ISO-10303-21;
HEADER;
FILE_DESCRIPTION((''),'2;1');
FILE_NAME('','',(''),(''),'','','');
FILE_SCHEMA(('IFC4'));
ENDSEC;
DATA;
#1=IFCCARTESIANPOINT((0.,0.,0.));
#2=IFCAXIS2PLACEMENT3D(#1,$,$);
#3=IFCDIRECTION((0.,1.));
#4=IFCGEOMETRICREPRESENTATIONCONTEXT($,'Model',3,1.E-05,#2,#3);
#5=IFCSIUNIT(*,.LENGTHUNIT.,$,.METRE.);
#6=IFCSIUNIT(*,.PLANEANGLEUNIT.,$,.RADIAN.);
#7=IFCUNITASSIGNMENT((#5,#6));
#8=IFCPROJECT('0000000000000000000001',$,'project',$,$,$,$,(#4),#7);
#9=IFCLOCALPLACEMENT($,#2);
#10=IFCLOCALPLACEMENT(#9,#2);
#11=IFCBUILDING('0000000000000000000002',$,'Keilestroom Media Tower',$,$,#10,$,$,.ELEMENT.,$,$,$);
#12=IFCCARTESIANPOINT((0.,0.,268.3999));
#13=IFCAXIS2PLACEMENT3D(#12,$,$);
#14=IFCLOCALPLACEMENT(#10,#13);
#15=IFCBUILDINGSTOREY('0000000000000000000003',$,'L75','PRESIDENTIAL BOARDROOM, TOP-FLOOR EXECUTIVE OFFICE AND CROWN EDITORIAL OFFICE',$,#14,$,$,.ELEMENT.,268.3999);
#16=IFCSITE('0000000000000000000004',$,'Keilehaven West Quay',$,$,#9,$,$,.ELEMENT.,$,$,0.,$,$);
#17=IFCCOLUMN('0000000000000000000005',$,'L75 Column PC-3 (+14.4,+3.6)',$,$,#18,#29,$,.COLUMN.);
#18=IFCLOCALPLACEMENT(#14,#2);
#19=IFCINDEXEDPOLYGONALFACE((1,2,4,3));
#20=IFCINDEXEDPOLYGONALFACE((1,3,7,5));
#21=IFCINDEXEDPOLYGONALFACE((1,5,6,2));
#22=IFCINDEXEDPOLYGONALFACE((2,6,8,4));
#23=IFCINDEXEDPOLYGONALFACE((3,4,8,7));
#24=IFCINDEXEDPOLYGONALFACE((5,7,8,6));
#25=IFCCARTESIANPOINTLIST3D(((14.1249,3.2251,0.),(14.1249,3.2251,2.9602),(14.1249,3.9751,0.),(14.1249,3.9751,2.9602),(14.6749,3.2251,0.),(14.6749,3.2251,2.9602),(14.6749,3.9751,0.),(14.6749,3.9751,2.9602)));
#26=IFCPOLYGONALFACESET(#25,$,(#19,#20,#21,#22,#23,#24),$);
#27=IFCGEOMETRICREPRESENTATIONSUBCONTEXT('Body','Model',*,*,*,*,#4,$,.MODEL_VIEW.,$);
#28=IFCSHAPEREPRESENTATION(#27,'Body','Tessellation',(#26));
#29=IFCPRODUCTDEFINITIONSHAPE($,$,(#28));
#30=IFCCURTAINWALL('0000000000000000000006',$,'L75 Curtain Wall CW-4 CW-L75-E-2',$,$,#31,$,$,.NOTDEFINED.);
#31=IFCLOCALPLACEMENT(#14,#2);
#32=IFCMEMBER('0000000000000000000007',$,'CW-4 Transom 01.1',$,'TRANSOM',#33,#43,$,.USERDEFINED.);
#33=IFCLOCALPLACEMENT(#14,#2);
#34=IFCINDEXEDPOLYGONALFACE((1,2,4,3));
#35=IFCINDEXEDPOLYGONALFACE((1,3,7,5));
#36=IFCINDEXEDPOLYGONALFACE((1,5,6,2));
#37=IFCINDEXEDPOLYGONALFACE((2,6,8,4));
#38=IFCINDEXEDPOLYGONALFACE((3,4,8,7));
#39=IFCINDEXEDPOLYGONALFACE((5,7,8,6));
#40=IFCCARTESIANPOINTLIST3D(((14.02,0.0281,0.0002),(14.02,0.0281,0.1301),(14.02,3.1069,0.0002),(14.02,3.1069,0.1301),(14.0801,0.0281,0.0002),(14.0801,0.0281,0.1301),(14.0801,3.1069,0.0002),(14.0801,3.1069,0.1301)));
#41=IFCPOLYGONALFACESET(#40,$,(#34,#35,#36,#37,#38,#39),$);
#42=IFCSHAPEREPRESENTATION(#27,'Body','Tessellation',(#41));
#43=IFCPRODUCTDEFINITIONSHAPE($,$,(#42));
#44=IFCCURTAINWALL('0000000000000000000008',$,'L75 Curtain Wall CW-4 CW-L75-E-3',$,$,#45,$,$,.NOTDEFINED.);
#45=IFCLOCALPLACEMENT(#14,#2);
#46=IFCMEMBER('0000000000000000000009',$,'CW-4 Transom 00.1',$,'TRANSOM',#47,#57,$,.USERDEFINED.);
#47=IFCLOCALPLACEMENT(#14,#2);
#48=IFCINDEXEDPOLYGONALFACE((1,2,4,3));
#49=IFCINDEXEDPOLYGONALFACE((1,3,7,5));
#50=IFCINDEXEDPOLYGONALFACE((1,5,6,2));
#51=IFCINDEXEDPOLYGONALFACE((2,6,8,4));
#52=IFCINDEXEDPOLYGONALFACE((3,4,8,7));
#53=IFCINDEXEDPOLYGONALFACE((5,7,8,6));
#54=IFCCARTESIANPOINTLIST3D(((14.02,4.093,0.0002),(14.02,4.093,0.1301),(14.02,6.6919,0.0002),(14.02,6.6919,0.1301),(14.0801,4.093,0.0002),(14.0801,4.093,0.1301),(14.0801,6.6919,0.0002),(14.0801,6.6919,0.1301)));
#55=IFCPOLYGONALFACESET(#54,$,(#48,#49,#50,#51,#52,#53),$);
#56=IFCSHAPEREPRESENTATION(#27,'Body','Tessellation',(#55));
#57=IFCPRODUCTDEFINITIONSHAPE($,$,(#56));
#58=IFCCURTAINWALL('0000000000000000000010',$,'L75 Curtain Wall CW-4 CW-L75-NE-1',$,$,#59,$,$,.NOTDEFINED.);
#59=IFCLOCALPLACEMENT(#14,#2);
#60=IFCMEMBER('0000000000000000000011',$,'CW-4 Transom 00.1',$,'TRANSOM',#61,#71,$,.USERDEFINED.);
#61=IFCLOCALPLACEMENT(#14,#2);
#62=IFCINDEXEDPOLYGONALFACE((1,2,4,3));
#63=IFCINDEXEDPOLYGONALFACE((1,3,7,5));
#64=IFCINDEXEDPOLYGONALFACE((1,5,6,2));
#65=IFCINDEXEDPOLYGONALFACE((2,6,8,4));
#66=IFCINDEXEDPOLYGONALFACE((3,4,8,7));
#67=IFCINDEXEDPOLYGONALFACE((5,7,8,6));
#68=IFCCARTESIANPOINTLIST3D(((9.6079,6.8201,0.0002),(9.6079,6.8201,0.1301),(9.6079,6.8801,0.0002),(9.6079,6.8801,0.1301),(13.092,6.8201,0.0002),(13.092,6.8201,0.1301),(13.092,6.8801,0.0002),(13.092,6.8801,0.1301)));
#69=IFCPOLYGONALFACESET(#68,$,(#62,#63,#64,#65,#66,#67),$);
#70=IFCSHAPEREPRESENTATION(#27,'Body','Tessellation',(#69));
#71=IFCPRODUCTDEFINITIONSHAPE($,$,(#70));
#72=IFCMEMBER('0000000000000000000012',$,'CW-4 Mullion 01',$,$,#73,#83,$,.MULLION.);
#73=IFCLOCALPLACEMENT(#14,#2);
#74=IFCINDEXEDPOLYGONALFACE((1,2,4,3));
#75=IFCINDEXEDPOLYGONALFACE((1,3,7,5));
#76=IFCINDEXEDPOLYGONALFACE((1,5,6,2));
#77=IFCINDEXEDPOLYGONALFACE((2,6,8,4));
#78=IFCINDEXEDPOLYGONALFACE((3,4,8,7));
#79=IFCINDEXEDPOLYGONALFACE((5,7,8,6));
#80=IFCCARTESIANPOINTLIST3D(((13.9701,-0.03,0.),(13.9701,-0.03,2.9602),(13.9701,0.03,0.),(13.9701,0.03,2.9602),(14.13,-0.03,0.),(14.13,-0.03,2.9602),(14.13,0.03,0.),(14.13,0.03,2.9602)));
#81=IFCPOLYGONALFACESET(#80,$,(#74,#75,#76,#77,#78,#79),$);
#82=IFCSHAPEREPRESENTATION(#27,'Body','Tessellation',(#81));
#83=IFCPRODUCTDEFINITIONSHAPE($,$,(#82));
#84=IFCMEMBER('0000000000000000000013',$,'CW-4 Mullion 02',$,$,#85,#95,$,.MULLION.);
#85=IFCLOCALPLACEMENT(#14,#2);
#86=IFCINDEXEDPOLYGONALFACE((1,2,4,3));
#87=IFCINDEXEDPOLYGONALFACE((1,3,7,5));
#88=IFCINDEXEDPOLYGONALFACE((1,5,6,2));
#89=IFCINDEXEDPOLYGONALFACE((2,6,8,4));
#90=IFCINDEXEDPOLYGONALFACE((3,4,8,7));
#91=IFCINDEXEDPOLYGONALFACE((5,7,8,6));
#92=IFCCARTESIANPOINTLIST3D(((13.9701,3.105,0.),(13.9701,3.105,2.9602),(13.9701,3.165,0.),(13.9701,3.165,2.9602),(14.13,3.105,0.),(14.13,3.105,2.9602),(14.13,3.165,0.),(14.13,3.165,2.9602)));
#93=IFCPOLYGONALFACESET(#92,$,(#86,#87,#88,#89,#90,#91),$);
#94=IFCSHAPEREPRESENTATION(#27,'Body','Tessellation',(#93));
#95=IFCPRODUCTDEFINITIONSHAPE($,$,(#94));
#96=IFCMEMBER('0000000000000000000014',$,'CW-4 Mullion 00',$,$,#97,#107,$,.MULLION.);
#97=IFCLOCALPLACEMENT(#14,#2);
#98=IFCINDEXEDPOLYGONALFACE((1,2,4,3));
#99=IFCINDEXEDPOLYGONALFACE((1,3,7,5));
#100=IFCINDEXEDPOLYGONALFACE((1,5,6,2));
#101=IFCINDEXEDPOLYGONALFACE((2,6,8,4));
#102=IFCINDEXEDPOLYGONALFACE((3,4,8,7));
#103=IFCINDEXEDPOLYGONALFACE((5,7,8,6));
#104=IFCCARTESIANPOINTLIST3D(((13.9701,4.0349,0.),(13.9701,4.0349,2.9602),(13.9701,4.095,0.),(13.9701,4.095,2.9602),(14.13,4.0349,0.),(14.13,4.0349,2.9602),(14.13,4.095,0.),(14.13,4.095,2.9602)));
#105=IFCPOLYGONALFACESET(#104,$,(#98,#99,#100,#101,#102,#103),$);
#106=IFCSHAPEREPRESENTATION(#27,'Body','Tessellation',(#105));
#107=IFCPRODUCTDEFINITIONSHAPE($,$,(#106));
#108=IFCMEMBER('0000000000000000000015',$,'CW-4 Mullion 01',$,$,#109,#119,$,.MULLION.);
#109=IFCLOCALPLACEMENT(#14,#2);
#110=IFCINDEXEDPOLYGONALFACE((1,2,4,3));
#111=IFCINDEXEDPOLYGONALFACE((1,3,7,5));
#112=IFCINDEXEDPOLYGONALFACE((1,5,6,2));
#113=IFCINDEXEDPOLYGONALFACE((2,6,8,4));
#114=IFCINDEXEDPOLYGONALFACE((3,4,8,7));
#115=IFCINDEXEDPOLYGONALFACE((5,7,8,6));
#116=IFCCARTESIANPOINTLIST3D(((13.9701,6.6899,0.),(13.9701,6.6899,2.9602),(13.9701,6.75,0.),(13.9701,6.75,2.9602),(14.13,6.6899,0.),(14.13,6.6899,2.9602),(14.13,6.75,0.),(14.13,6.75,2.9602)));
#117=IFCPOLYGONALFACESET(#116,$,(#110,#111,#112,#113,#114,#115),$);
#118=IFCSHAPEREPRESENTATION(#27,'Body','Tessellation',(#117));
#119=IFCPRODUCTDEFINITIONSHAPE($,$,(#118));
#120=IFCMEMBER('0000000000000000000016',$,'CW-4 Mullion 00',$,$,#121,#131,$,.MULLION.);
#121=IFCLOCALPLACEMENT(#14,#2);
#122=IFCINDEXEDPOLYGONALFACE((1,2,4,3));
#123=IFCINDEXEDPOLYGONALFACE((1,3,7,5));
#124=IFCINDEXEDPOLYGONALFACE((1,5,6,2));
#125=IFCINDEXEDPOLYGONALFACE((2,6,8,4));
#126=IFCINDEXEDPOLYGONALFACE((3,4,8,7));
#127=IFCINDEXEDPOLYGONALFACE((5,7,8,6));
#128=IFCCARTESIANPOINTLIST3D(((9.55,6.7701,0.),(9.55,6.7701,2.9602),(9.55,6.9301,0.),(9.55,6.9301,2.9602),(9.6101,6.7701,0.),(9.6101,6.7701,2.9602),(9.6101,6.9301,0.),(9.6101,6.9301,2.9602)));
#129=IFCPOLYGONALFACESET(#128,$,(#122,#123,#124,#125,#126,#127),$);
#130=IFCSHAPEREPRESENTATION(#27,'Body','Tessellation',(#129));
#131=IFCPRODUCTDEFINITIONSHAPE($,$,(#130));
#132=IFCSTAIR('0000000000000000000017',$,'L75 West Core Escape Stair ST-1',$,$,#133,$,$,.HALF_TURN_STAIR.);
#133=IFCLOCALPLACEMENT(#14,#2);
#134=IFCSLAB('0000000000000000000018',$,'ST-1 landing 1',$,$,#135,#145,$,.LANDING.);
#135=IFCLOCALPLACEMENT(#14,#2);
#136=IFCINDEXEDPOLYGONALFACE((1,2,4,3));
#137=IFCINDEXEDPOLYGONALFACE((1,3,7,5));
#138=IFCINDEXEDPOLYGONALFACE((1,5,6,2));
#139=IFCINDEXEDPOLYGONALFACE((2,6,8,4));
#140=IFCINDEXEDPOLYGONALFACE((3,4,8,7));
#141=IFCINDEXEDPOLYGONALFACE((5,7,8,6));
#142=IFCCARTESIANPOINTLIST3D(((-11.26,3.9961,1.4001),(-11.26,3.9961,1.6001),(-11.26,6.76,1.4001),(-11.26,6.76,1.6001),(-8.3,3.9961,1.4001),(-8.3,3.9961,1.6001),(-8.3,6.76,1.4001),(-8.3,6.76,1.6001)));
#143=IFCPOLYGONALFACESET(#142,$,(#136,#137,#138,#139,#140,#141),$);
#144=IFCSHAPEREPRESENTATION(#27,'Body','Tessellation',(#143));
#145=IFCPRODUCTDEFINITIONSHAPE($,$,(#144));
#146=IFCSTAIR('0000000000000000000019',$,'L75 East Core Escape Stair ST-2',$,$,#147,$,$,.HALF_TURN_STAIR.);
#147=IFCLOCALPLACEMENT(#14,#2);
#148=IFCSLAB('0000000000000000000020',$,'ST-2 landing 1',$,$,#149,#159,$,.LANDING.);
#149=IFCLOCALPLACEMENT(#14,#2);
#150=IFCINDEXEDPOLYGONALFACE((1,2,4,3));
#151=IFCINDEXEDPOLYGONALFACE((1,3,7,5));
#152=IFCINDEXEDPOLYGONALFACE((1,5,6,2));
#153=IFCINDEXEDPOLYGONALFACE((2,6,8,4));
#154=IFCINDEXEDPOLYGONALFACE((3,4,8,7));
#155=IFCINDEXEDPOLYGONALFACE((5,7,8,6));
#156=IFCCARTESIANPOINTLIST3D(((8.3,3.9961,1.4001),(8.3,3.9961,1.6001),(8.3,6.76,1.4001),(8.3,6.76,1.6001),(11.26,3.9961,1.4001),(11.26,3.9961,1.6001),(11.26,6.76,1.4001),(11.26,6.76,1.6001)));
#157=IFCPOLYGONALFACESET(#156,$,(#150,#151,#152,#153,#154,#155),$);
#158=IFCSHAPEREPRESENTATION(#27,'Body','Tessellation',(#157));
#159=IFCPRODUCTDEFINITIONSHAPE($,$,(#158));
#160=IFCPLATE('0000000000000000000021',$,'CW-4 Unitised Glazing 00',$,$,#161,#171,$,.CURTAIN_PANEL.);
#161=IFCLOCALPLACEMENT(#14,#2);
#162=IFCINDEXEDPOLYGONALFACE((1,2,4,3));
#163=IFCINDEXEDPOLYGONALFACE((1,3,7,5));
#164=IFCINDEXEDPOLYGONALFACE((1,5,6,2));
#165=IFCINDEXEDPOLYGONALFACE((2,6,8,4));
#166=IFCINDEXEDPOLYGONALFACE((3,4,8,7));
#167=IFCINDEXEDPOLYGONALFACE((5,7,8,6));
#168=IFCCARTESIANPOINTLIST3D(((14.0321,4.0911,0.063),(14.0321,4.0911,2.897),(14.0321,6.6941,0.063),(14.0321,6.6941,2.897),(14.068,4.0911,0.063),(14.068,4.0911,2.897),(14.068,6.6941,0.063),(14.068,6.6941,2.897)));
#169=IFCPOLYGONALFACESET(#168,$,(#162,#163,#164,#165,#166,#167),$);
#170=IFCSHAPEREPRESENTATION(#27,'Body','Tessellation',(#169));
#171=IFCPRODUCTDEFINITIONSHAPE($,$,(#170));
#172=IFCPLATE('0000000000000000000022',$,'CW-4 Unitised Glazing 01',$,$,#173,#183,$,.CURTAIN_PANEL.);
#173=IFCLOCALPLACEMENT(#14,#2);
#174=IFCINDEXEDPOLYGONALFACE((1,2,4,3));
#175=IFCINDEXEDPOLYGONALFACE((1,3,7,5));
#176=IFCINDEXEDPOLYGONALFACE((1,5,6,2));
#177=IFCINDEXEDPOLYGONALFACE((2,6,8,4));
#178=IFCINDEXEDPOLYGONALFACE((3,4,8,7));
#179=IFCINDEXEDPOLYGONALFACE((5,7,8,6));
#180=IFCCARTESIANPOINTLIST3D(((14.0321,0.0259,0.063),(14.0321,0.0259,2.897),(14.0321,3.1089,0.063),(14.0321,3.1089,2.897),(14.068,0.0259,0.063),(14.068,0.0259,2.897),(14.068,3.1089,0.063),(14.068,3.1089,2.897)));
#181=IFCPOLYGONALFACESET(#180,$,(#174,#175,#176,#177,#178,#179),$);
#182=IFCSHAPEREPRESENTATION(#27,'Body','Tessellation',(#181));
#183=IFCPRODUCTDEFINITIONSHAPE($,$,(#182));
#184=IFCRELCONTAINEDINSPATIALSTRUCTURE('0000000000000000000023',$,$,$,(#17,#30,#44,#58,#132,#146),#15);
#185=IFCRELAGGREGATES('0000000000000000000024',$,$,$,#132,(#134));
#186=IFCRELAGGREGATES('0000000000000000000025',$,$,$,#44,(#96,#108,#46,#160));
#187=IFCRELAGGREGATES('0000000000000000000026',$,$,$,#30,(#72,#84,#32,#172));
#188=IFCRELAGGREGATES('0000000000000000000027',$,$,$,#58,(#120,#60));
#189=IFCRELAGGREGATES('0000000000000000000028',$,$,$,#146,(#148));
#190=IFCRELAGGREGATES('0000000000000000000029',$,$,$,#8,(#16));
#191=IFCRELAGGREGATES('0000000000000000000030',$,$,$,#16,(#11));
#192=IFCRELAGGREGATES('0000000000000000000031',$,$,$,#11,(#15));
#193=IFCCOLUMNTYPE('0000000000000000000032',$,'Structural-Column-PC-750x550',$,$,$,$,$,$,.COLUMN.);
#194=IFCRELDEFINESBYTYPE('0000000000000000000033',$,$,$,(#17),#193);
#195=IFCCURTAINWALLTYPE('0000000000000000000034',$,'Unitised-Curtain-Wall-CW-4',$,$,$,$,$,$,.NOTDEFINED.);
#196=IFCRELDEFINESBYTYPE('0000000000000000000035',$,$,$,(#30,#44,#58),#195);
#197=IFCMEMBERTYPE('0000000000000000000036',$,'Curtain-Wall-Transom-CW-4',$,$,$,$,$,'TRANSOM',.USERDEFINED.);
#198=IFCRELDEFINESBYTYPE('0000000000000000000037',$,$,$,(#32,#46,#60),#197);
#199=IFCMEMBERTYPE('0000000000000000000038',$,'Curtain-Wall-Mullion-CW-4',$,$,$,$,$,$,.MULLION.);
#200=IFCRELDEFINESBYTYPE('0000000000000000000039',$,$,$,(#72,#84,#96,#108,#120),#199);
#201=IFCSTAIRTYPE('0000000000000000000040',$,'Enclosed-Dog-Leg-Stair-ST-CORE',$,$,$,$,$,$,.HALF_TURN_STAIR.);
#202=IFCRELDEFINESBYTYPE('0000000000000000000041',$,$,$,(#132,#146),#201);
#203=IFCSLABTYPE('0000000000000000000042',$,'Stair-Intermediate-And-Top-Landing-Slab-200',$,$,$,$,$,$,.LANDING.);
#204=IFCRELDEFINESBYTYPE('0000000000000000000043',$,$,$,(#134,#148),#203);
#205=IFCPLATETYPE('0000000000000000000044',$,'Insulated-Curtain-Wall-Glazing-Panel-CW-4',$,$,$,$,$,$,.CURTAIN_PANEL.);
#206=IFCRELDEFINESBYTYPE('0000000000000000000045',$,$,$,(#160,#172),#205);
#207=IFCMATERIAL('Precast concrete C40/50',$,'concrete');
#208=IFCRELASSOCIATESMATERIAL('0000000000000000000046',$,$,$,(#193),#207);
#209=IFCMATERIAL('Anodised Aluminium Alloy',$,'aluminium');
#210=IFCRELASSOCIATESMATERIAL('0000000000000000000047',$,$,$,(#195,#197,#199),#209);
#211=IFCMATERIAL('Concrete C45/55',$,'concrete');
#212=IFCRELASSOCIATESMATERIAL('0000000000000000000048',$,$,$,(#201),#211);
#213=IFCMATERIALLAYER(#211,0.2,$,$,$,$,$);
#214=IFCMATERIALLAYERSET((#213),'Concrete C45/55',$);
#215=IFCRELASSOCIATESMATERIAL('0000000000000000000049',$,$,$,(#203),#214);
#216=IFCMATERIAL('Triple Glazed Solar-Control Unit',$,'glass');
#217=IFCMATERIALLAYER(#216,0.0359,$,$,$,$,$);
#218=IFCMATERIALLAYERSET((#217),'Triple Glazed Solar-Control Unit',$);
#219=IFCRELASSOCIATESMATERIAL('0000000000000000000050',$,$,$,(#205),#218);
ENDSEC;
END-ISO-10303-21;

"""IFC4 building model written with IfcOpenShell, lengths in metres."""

from ifc_helpers import new_model, si_unit, direction, frame, origin, origin_2d, place, context, subcontext, project, spatial, polyline, rectangle, outline, extrude, source, transform, mapped, material, layer, layer_set, material_profile, profile_set, type_object, element, aggregate, save


model = new_model("IFC4")

# Units and contexts
model_context = context("Model", 3, precision=1e-05, world=origin(), true_north=direction((0.0, 1.0)))
body_context = subcontext(model_context, "Body", "Model", "MODEL_VIEW")
ifc_project = project(units=[si_unit("LENGTHUNIT", "METRE"), si_unit("PLANEANGLEUNIT", "RADIAN")], contexts=[model_context])

# Site, building, storey
site_placement = place(None, origin())
site = spatial("IfcSite", under=ifc_project, at=site_placement, Name="Keilehaven West Quay", CompositionType="ELEMENT", RefElevation=0.0)
building_placement = place(site_placement, origin())
building = spatial("IfcBuilding", under=site, at=building_placement, Name="Keilestroom Media Tower", CompositionType="ELEMENT")
storey_placement = place(building_placement, frame((0.0, 0.0, 268.3999)))
storey = spatial("IfcBuildingStorey", under=building, at=storey_placement, Name="L75", Description="PRESIDENTIAL BOARDROOM, TOP-FLOOR EXECUTIVE OFFICE AND CROWN EDITORIAL OFFICE", CompositionType="ELEMENT", Elevation=268.3999)

# Column
ifc_material_1 = material(Name="Precast concrete C40/50", Category="concrete")
ifc_material_profile_1 = material_profile(ifc_material_1, rectangle(XDim=0.55, YDim=0.75, at=origin_2d()), Name="PC 750x550")
ifc_profile_set_1 = profile_set([ifc_material_profile_1], Name="Precast concrete C40/50")
column_type = type_object("IfcColumnType", Name="Structural-Column-PC-750x550", PredefinedType="COLUMN", material=ifc_profile_set_1)
shared_shape_1 = source(origin(), body_context, "Body", "SweptSolid", [
    extrude(rectangle(XDim=0.55, YDim=0.75, at=origin_2d()), origin(), (0.0, 0.0, 1.0), 2.9602),
])
column_placement = place(storey_placement, frame((14.3999, 3.6001, 0.0), z_axis=(0.0, 0.0, 1.0), x_axis=(1.0, 0.0, 0.0)))
element("IfcColumn", 1, at=column_placement, inside=storey, type_object=column_type, Name="L75 Column PC-3 (+14.4,+3.6)", PredefinedType="COLUMN", context=body_context, shape_type="MappedRepresentation", body=[
    mapped(shared_shape_1, transform((0.0, 0.0, 0.0), x_axis=(1.0, 0.0, 0.0), y_axis=(0.0, 1.0, 0.0), z_axis=(0.0, 0.0, 1.0), scale=1.0)),
])

# Curtain walls, members
ifc_material_2 = material(Name="Anodised Aluminium Alloy", Category="aluminium")
curtain_wall_type = type_object("IfcCurtainWallType", Name="Unitised-Curtain-Wall-CW-4", PredefinedType="NOTDEFINED", material=ifc_material_2)
curtain_wall_1_placement = place(storey_placement, origin())
curtain_wall_1 = element("IfcCurtainWall", 2, at=curtain_wall_1_placement, inside=storey, type_object=curtain_wall_type, Name="L75 Curtain Wall CW-4 CW-L75-E-2", PredefinedType="NOTDEFINED")
ifc_material_profile_2 = material_profile(ifc_material_2, rectangle(XDim=0.0601, YDim=0.1299, at=origin_2d()), Name="ALU TRANSOM 60x130")
ifc_profile_set_2 = profile_set([ifc_material_profile_2], Name="Anodised Aluminium Alloy")
member_type_1 = type_object("IfcMemberType", Name="Curtain-Wall-Transom-CW-4", ElementType="TRANSOM", PredefinedType="USERDEFINED", material=ifc_profile_set_2)
shared_shape_2 = source(origin(), body_context, "Body", "SweptSolid", [
    extrude(rectangle(XDim=0.0601, YDim=0.1299, at=origin_2d()), origin(), (0.0, 0.0, 1.0), 3.0789),
])
member_1_placement = place(storey_placement, frame((14.05, 0.0281, 0.0652), z_axis=(0.0, 1.0, 0.0), x_axis=(-1.0, 0.0, 0.0)))
member_1 = element("IfcMember", 3, at=member_1_placement, type_object=member_type_1, Name="CW-4 Transom 01.1", ObjectType="TRANSOM", PredefinedType="USERDEFINED", context=body_context, shape_type="MappedRepresentation", body=[
    mapped(shared_shape_2, transform((0.0, 0.0, 0.0), x_axis=(1.0, 0.0, 0.0), y_axis=(0.0, 1.0, 0.0), z_axis=(0.0, 0.0, 1.0), scale=1.0)),
])
curtain_wall_2_placement = place(storey_placement, origin())
curtain_wall_2 = element("IfcCurtainWall", 4, at=curtain_wall_2_placement, inside=storey, type_object=curtain_wall_type, Name="L75 Curtain Wall CW-4 CW-L75-E-3", PredefinedType="NOTDEFINED")
shared_shape_3 = source(origin(), body_context, "Body", "SweptSolid", [
    extrude(rectangle(XDim=0.0601, YDim=0.1299, at=origin_2d()), origin(), (0.0, 0.0, 1.0), 2.5989),
])
member_2_placement = place(storey_placement, frame((14.05, 4.093, 0.0652), z_axis=(0.0, 1.0, 0.0), x_axis=(-1.0, 0.0, 0.0)))
member_2 = element("IfcMember", 5, at=member_2_placement, type_object=member_type_1, Name="CW-4 Transom 00.1", ObjectType="TRANSOM", PredefinedType="USERDEFINED", context=body_context, shape_type="MappedRepresentation", body=[
    mapped(shared_shape_3, transform((0.0, 0.0, 0.0), x_axis=(1.0, 0.0, 0.0), y_axis=(0.0, 1.0, 0.0), z_axis=(0.0, 0.0, 1.0), scale=1.0)),
])
curtain_wall_3_placement = place(storey_placement, origin())
curtain_wall_3 = element("IfcCurtainWall", 6, at=curtain_wall_3_placement, inside=storey, type_object=curtain_wall_type, Name="L75 Curtain Wall CW-4 CW-L75-NE-1", PredefinedType="NOTDEFINED")
shared_shape_4 = source(origin(), body_context, "Body", "SweptSolid", [
    extrude(rectangle(XDim=0.0601, YDim=0.1299, at=origin_2d()), origin(), (0.0, 0.0, 1.0), 3.4841),
])
member_3_placement = place(storey_placement, frame((9.6079, 6.8501, 0.0652), z_axis=(1.0, 0.0, 0.0), x_axis=(0.0, 1.0, 0.0)))
member_3 = element("IfcMember", 7, at=member_3_placement, type_object=member_type_1, Name="CW-4 Transom 00.1", ObjectType="TRANSOM", PredefinedType="USERDEFINED", context=body_context, shape_type="MappedRepresentation", body=[
    mapped(shared_shape_4, transform((0.0, 0.0, 0.0), x_axis=(1.0, 0.0, 0.0), y_axis=(0.0, 1.0, 0.0), z_axis=(0.0, 0.0, 1.0), scale=1.0)),
])

# Members
ifc_material_profile_3 = material_profile(ifc_material_2, rectangle(XDim=0.0601, YDim=0.1599, at=origin_2d()), Name="ALU MULLION 60x160")
ifc_profile_set_3 = profile_set([ifc_material_profile_3], Name="Anodised Aluminium Alloy")
member_type_2 = type_object("IfcMemberType", Name="Curtain-Wall-Mullion-CW-4", PredefinedType="MULLION", material=ifc_profile_set_3)
shared_shape_5 = source(origin(), body_context, "Body", "SweptSolid", [
    extrude(rectangle(XDim=0.0601, YDim=0.1599, at=origin_2d()), origin(), (0.0, 0.0, 1.0), 2.9602),
])
member_4_placement = place(storey_placement, frame((14.05, 0.0, 0.0), z_axis=(0.0, 0.0, 1.0), x_axis=(0.0, 1.0, 0.0)))
member_4 = element("IfcMember", 8, at=member_4_placement, type_object=member_type_2, Name="CW-4 Mullion 01", PredefinedType="MULLION", context=body_context, shape_type="MappedRepresentation", body=[
    mapped(shared_shape_5, transform((0.0, 0.0, 0.0), x_axis=(1.0, 0.0, 0.0), y_axis=(0.0, 1.0, 0.0), z_axis=(0.0, 0.0, 1.0), scale=1.0)),
])
member_5_placement = place(storey_placement, frame((14.05, 3.135, 0.0), z_axis=(0.0, 0.0, 1.0), x_axis=(0.0, 1.0, 0.0)))
member_5 = element("IfcMember", 9, at=member_5_placement, type_object=member_type_2, Name="CW-4 Mullion 02", PredefinedType="MULLION", context=body_context, shape_type="MappedRepresentation", body=[
    mapped(shared_shape_5, transform((0.0, 0.0, 0.0), x_axis=(1.0, 0.0, 0.0), y_axis=(0.0, 1.0, 0.0), z_axis=(0.0, 0.0, 1.0), scale=1.0)),
])
member_6_placement = place(storey_placement, frame((14.05, 4.0649, 0.0), z_axis=(0.0, 0.0, 1.0), x_axis=(0.0, 1.0, 0.0)))
member_6 = element("IfcMember", 10, at=member_6_placement, type_object=member_type_2, Name="CW-4 Mullion 00", PredefinedType="MULLION", context=body_context, shape_type="MappedRepresentation", body=[
    mapped(shared_shape_5, transform((0.0, 0.0, 0.0), x_axis=(1.0, 0.0, 0.0), y_axis=(0.0, 1.0, 0.0), z_axis=(0.0, 0.0, 1.0), scale=1.0)),
])
member_7_placement = place(storey_placement, frame((14.05, 6.72, 0.0), z_axis=(0.0, 0.0, 1.0), x_axis=(0.0, 1.0, 0.0)))
member_7 = element("IfcMember", 11, at=member_7_placement, type_object=member_type_2, Name="CW-4 Mullion 01", PredefinedType="MULLION", context=body_context, shape_type="MappedRepresentation", body=[
    mapped(shared_shape_5, transform((0.0, 0.0, 0.0), x_axis=(1.0, 0.0, 0.0), y_axis=(0.0, 1.0, 0.0), z_axis=(0.0, 0.0, 1.0), scale=1.0)),
])
member_8_placement = place(storey_placement, frame((9.5801, 6.8501, 0.0), z_axis=(0.0, 0.0, 1.0), x_axis=(1.0, 0.0, 0.0)))
member_8 = element("IfcMember", 12, at=member_8_placement, type_object=member_type_2, Name="CW-4 Mullion 00", PredefinedType="MULLION", context=body_context, shape_type="MappedRepresentation", body=[
    mapped(shared_shape_5, transform((0.0, 0.0, 0.0), x_axis=(1.0, 0.0, 0.0), y_axis=(0.0, 1.0, 0.0), z_axis=(0.0, 0.0, 1.0), scale=1.0)),
])

# Stairs, slabs
ifc_material_3 = material(Name="Concrete C45/55", Category="concrete")
stair_type = type_object("IfcStairType", Name="Enclosed-Dog-Leg-Stair-ST-CORE", PredefinedType="HALF_TURN_STAIR", material=ifc_material_3)
stair_1_placement = place(storey_placement, origin())
stair_1 = element("IfcStair", 13, at=stair_1_placement, inside=storey, type_object=stair_type, Name="L75 West Core Escape Stair ST-1", PredefinedType="HALF_TURN_STAIR")
ifc_layer_1 = layer(ifc_material_3, 0.2)
ifc_layer_set_1 = layer_set([ifc_layer_1], Name="Concrete C45/55")
slab_type = type_object("IfcSlabType", Name="Stair-Intermediate-And-Top-Landing-Slab-200", PredefinedType="LANDING", material=ifc_layer_set_1)
slab_1_placement = place(storey_placement, frame((0.0, 0.0, 1.4001)))
slab_1 = element("IfcSlab", 14, at=slab_1_placement, type_object=slab_type, Name="ST-1 landing 1", PredefinedType="LANDING", context=body_context, shape_type="SweptSolid", body=[
    extrude(outline(polyline([(-8.3, 3.9961), (-8.3, 6.76), (-11.26, 6.76), (-11.26, 3.9961), (-8.3, 3.9961)])), origin(), (0.0, 0.0, 1.0), 0.2),
])
aggregate(stair_1, [slab_1])
stair_2_placement = place(storey_placement, origin())
stair_2 = element("IfcStair", 15, at=stair_2_placement, inside=storey, type_object=stair_type, Name="L75 East Core Escape Stair ST-2", PredefinedType="HALF_TURN_STAIR")
slab_2_placement = place(storey_placement, frame((0.0, 0.0, 1.4001)))
slab_2 = element("IfcSlab", 16, at=slab_2_placement, type_object=slab_type, Name="ST-2 landing 1", PredefinedType="LANDING", context=body_context, shape_type="SweptSolid", body=[
    extrude(outline(polyline([(11.26, 3.9961), (11.26, 6.76), (8.3, 6.76), (8.3, 3.9961), (11.26, 3.9961)])), origin(), (0.0, 0.0, 1.0), 0.2),
])

# Plates
ifc_material_4 = material(Name="Triple Glazed Solar-Control Unit", Category="glass")
ifc_layer_2 = layer(ifc_material_4, 0.0359)
ifc_layer_set_2 = layer_set([ifc_layer_2], Name="Triple Glazed Solar-Control Unit")
plate_type = type_object("IfcPlateType", Name="Insulated-Curtain-Wall-Glazing-Panel-CW-4", PredefinedType="CURTAIN_PANEL", material=ifc_layer_set_2)
shared_shape_6 = source(origin(), body_context, "Body", "SweptSolid", [
    extrude(rectangle(XDim=2.603, YDim=0.0359, at=origin_2d()), origin(), (0.0, 0.0, 1.0), 2.834),
])
plate_1_placement = place(storey_placement, frame((14.05, 5.3926, 0.063), z_axis=(0.0, 0.0, 1.0), x_axis=(0.0, 1.0, 0.0)))
plate_1 = element("IfcPlate", 17, at=plate_1_placement, type_object=plate_type, Name="CW-4 Unitised Glazing 00", PredefinedType="CURTAIN_PANEL", context=body_context, shape_type="MappedRepresentation", body=[
    mapped(shared_shape_6, transform((0.0, 0.0, 0.0), x_axis=(1.0, 0.0, 0.0), y_axis=(0.0, 1.0, 0.0), z_axis=(0.0, 0.0, 1.0), scale=1.0)),
])
aggregate(curtain_wall_2, [member_6, member_7, member_2, plate_1])
shared_shape_7 = source(origin(), body_context, "Body", "SweptSolid", [
    extrude(rectangle(XDim=3.083, YDim=0.0359, at=origin_2d()), origin(), (0.0, 0.0, 1.0), 2.834),
])
plate_2_placement = place(storey_placement, frame((14.05, 1.5674, 0.063), z_axis=(0.0, 0.0, 1.0), x_axis=(0.0, 1.0, 0.0)))
plate_2 = element("IfcPlate", 18, at=plate_2_placement, type_object=plate_type, Name="CW-4 Unitised Glazing 01", PredefinedType="CURTAIN_PANEL", context=body_context, shape_type="MappedRepresentation", body=[
    mapped(shared_shape_7, transform((0.0, 0.0, 0.0), x_axis=(1.0, 0.0, 0.0), y_axis=(0.0, 1.0, 0.0), z_axis=(0.0, 0.0, 1.0), scale=1.0)),
])
aggregate(curtain_wall_1, [member_4, member_5, member_1, plate_2])
aggregate(curtain_wall_3, [member_8, member_3])

aggregate(stair_2, [slab_2])

save(model, "model.ifc")
